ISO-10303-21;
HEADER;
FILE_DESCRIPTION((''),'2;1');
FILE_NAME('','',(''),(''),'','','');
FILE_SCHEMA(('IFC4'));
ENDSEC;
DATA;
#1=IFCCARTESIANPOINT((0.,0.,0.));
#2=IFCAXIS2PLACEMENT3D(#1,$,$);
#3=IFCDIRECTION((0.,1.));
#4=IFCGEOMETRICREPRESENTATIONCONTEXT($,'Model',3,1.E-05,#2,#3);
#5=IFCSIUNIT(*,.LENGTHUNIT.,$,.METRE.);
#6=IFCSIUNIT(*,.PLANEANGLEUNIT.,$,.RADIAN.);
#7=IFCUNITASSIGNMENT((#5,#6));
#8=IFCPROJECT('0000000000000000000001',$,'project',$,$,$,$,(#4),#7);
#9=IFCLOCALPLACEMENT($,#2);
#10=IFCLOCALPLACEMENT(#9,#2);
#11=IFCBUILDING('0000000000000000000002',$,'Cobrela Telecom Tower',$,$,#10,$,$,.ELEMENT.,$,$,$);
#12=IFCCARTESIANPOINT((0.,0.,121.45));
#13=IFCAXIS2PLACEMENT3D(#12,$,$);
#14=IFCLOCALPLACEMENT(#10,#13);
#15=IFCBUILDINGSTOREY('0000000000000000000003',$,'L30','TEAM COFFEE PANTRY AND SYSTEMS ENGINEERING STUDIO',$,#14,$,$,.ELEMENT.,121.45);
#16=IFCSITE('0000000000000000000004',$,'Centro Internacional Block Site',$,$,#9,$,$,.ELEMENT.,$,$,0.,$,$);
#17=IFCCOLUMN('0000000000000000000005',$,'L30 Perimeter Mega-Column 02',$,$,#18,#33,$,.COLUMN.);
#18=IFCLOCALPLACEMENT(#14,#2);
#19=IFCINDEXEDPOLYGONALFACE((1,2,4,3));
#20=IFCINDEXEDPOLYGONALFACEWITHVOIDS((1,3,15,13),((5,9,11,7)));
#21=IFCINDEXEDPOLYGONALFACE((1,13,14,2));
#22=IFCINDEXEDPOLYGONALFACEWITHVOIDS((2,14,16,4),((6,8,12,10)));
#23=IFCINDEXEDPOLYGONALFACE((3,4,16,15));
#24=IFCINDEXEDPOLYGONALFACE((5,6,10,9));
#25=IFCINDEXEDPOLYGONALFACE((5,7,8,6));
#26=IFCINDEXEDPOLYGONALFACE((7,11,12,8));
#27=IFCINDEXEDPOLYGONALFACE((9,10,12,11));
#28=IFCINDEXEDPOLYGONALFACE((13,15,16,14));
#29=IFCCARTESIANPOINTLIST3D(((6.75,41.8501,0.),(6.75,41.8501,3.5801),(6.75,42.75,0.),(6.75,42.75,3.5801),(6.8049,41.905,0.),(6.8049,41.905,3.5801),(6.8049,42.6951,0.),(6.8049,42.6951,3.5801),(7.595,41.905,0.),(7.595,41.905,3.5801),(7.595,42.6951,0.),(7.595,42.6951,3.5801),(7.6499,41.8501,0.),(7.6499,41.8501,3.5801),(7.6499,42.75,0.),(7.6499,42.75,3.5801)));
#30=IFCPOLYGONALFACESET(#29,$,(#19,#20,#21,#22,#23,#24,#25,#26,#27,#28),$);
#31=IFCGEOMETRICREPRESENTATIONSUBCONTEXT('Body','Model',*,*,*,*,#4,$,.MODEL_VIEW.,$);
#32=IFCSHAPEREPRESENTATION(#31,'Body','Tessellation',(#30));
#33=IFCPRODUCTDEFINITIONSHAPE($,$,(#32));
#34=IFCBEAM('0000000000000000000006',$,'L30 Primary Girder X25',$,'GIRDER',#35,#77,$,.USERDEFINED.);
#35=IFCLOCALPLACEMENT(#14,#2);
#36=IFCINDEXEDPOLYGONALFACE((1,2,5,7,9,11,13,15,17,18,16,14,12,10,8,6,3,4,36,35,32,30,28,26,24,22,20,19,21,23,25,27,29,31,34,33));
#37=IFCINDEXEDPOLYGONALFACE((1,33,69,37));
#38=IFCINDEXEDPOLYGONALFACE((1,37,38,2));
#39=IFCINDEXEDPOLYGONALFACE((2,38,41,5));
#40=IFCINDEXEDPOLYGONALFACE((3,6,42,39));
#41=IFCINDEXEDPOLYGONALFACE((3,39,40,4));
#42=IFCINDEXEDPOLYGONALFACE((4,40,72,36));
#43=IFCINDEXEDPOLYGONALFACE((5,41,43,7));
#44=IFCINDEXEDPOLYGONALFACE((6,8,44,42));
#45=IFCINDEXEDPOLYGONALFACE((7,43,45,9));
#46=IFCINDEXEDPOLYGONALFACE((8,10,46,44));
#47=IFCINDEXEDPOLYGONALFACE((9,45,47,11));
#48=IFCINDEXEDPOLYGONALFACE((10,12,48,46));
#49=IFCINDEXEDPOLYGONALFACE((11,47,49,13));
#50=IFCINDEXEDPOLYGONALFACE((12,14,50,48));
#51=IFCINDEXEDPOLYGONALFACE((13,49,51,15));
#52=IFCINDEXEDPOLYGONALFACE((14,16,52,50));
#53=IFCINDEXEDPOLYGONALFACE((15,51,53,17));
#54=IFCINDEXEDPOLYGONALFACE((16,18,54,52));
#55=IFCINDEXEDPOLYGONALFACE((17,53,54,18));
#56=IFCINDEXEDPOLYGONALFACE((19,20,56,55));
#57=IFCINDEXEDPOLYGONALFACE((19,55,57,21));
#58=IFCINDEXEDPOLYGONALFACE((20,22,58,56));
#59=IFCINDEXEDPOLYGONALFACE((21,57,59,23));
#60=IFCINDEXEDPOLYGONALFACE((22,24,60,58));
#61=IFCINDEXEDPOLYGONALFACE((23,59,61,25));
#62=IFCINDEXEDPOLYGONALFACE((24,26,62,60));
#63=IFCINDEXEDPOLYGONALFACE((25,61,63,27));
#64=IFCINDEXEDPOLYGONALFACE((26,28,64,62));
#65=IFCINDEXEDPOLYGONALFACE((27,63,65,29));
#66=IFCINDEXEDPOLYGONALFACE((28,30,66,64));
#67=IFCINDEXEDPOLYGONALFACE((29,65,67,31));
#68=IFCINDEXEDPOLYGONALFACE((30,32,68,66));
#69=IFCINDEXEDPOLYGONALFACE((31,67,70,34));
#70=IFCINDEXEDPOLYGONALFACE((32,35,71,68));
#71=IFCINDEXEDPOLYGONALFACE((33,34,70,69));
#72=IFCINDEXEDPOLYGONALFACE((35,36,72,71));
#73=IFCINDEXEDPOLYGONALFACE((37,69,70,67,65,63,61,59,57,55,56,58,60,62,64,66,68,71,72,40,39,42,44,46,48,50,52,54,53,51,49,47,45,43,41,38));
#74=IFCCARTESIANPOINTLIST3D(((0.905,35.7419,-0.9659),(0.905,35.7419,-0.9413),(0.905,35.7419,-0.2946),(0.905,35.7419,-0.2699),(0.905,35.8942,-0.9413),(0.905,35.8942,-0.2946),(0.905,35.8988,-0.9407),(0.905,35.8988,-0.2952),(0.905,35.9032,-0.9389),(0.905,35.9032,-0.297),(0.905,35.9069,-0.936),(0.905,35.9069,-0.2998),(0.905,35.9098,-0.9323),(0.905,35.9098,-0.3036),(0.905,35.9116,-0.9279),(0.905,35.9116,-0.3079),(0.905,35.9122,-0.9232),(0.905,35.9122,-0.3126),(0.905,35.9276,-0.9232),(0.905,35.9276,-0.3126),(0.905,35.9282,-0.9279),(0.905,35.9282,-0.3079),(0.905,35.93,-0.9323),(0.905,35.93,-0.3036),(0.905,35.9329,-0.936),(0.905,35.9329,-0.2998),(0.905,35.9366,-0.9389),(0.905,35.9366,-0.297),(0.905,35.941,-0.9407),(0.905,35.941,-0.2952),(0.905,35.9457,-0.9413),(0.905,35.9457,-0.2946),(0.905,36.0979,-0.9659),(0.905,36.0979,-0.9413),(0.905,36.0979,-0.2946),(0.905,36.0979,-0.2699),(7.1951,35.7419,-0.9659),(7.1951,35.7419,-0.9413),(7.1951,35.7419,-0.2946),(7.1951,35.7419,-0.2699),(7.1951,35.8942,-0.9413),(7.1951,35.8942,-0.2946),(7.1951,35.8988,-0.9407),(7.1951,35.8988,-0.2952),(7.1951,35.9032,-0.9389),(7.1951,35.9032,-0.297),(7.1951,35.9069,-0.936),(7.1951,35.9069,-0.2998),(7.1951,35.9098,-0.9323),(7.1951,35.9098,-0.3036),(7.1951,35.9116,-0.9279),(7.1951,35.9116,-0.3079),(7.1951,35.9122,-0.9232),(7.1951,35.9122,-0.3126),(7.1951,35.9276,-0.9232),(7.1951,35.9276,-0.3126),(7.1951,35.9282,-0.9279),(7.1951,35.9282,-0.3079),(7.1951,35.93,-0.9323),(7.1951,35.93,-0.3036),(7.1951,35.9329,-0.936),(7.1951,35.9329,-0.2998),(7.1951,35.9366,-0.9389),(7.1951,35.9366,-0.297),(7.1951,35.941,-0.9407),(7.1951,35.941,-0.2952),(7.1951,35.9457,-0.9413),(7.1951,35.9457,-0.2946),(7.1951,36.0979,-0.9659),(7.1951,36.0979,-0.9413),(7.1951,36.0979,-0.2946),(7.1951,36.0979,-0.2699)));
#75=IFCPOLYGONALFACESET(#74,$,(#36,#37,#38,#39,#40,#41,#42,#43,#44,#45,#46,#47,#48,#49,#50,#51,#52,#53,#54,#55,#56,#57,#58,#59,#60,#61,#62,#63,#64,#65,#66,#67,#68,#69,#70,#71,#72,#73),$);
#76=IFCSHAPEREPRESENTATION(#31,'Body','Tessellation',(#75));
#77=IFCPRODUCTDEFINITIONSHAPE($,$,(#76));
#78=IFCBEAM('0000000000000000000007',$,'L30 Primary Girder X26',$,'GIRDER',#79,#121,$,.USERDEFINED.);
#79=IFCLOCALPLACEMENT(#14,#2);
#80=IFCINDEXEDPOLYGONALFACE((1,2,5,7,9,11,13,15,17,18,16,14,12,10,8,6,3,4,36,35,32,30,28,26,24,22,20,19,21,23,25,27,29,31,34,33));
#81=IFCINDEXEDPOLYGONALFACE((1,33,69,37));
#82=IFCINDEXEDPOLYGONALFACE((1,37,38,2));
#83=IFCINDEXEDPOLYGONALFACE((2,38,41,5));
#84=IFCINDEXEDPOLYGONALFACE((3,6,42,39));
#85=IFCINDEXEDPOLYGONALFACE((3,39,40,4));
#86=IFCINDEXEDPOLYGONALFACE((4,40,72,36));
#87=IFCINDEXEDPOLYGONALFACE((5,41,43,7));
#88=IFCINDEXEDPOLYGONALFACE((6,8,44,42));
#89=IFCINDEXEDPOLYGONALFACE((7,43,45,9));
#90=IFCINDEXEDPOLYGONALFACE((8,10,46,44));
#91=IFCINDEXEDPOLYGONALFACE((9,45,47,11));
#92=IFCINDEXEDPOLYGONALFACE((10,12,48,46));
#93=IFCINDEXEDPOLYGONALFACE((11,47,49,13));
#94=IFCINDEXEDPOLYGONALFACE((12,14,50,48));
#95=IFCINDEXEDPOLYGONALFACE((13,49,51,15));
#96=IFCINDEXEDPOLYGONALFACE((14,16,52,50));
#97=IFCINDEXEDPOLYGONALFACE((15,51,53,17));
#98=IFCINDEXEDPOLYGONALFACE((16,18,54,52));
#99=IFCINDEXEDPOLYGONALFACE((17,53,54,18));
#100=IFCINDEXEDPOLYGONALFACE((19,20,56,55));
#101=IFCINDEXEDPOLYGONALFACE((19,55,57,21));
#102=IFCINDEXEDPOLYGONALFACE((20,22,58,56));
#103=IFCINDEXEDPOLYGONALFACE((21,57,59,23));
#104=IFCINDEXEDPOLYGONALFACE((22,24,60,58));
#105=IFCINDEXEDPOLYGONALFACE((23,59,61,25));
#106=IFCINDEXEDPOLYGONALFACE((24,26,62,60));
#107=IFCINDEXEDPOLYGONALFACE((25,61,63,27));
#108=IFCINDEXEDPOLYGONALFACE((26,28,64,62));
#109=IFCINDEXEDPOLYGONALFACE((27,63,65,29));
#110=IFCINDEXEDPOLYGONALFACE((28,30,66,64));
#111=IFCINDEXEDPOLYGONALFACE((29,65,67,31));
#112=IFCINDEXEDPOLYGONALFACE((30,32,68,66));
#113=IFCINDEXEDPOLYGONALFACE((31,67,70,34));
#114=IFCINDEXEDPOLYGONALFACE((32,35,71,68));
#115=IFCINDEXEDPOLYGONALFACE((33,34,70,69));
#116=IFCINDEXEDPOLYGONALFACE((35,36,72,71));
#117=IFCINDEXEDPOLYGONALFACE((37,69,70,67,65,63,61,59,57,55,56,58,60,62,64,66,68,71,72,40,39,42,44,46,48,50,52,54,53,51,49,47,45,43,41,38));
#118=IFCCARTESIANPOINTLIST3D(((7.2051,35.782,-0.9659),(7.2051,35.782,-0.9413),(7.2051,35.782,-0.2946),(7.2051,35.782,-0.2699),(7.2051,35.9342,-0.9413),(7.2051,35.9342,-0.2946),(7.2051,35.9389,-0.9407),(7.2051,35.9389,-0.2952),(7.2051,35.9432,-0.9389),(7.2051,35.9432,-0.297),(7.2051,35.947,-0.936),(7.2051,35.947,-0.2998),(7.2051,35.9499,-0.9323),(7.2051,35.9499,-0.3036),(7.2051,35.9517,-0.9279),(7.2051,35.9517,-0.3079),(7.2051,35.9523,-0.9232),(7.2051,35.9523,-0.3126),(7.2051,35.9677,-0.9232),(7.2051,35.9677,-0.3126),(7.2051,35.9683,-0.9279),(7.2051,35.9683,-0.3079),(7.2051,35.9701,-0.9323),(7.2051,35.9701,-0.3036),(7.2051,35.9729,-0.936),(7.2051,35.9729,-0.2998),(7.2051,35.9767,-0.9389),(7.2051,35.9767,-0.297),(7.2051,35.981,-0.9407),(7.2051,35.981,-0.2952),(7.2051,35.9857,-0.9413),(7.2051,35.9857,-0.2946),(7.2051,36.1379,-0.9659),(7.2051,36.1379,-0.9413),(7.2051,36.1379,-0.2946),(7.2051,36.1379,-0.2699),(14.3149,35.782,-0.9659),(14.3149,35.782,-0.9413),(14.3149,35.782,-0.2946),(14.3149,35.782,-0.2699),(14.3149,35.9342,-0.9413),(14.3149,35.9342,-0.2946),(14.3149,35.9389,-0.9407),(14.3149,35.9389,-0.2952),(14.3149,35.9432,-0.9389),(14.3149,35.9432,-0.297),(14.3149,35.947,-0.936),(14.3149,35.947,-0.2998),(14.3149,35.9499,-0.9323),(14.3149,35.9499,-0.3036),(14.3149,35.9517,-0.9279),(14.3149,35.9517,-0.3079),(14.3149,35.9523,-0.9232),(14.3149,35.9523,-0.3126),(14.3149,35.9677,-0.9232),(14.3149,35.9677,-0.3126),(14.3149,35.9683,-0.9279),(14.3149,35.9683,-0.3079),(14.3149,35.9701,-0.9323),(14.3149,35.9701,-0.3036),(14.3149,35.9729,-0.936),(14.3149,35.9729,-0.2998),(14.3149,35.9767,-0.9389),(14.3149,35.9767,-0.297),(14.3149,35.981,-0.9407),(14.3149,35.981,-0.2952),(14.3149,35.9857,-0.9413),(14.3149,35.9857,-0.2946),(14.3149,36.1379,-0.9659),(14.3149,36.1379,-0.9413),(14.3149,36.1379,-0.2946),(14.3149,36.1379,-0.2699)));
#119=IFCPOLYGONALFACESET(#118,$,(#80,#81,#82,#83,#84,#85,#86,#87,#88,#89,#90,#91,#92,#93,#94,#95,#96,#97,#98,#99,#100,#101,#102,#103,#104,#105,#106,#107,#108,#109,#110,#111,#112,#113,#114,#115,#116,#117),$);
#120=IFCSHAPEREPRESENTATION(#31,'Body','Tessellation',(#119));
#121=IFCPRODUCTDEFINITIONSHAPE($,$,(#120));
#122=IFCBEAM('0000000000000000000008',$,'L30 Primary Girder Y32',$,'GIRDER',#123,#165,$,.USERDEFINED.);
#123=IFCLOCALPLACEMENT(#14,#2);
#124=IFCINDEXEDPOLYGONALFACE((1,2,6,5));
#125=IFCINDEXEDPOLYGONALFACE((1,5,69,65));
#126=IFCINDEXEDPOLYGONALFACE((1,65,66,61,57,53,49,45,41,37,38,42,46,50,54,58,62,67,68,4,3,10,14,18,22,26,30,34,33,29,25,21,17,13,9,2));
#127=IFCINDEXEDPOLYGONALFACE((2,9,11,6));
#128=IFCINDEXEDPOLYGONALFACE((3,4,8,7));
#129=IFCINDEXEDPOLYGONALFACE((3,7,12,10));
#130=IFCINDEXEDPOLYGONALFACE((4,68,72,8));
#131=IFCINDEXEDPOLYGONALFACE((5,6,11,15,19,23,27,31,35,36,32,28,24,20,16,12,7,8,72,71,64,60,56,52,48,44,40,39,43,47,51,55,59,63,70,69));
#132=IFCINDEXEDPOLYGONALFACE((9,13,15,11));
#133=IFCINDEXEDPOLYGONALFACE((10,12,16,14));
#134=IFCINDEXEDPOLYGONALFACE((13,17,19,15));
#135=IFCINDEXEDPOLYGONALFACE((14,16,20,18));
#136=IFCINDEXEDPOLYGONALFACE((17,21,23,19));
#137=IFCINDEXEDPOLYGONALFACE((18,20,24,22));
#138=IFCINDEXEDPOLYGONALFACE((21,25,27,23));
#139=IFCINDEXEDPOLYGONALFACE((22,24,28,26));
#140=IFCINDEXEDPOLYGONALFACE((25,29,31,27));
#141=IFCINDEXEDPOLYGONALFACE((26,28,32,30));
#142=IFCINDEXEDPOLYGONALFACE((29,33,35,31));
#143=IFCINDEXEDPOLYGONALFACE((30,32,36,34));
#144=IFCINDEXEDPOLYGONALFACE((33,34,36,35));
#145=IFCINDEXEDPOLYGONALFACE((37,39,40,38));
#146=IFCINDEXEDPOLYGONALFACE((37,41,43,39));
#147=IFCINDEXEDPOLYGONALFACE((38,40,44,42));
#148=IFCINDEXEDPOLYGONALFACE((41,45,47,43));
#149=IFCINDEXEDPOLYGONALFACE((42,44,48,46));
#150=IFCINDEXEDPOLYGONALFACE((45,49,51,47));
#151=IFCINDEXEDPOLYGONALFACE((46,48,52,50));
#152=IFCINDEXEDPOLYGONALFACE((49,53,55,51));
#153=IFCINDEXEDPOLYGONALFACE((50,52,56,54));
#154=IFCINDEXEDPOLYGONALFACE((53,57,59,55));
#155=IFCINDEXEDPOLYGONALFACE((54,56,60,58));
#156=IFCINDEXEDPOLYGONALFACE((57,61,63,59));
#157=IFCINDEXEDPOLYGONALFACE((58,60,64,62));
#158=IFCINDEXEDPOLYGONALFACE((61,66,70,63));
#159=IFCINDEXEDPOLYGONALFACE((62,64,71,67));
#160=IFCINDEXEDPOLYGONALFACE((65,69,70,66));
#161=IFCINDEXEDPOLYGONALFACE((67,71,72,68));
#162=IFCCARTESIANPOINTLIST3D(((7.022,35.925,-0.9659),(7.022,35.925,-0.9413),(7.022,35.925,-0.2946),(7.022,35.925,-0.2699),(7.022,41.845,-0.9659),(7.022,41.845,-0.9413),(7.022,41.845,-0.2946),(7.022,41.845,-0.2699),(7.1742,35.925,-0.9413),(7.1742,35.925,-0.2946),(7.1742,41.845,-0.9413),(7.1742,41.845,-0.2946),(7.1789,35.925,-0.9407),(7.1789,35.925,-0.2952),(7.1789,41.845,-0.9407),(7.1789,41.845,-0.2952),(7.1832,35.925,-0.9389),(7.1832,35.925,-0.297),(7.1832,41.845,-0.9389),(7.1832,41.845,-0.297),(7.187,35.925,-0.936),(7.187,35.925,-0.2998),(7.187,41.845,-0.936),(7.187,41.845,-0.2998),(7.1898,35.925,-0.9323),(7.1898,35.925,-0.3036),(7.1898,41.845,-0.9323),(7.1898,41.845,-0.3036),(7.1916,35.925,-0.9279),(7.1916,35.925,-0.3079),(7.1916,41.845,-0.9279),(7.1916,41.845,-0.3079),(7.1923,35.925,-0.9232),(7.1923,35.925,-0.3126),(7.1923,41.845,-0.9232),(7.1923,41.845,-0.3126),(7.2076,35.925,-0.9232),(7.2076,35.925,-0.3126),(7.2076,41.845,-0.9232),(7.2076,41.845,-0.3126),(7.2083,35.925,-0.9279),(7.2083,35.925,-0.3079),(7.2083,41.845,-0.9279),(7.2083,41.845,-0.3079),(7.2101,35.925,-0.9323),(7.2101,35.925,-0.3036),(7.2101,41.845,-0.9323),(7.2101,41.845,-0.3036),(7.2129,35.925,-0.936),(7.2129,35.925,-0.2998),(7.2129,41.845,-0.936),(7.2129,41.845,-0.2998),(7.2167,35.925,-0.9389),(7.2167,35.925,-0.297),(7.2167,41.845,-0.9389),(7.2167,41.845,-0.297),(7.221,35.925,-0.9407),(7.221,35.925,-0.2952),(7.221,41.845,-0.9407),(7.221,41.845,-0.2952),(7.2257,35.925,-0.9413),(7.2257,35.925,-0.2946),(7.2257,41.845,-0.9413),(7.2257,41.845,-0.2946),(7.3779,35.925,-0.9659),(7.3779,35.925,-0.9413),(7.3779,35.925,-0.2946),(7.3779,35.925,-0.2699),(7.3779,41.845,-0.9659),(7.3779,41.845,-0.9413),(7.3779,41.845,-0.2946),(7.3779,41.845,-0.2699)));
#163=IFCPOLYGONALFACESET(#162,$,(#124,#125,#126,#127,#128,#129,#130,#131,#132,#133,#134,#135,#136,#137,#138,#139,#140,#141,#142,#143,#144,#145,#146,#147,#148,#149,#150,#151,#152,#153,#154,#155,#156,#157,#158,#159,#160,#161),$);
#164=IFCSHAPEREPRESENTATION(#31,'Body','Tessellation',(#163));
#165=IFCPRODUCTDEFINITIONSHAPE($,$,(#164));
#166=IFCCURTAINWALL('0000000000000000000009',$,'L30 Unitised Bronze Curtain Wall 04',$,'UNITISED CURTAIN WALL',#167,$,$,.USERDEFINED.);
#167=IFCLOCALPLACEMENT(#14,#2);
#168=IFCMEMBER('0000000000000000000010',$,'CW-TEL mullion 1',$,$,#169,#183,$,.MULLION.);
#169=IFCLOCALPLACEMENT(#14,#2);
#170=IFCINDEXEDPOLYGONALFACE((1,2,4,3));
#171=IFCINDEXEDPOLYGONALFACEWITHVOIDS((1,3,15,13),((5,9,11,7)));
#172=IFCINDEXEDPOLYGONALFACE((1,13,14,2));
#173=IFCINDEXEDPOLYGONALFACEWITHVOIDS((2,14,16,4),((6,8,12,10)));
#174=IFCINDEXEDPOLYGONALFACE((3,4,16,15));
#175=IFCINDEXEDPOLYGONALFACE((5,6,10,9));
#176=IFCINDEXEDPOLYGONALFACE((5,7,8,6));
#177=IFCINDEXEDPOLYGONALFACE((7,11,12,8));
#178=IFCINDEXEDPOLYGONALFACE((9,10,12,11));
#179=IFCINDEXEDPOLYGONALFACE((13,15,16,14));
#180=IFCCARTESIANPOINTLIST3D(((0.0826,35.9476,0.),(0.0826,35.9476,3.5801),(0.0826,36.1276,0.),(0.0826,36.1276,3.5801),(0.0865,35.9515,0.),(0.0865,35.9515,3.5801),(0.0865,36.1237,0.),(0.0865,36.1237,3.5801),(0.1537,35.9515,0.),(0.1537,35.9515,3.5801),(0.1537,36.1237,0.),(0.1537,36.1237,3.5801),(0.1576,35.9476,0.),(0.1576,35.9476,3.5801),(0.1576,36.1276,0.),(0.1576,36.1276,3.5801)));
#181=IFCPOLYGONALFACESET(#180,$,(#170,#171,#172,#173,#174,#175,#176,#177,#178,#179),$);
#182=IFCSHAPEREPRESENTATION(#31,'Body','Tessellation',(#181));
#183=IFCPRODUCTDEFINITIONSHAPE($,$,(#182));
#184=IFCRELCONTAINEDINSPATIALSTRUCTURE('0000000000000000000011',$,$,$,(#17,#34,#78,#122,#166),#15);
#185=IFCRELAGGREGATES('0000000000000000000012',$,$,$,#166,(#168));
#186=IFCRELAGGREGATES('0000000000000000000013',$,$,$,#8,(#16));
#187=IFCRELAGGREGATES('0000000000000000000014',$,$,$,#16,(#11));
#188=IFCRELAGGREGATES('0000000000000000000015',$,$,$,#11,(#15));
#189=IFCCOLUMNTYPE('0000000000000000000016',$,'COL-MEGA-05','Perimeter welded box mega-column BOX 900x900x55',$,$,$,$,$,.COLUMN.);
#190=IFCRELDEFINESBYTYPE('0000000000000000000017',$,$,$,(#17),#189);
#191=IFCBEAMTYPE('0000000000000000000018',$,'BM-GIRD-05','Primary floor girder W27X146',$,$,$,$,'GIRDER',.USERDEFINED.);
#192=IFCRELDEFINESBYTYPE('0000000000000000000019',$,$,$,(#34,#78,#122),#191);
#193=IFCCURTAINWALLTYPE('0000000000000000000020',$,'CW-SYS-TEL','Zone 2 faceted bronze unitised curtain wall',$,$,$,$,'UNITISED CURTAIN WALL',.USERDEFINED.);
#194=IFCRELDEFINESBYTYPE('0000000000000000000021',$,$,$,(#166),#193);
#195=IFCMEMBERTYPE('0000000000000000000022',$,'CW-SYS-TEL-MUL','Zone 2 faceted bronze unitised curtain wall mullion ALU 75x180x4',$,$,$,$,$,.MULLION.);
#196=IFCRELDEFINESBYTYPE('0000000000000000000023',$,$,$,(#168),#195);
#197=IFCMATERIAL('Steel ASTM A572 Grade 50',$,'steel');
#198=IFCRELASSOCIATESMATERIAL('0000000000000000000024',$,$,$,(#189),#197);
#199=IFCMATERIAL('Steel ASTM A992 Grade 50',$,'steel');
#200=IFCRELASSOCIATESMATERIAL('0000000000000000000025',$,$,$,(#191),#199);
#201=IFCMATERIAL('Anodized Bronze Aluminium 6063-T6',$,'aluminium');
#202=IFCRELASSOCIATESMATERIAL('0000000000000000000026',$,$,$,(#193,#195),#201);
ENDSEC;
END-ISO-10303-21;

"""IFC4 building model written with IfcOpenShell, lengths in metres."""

from ifc_helpers import new_model, si_unit, direction, frame, origin, origin_2d, place, context, subcontext, project, spatial, hollow_rectangle, i_section, extrude, material, material_profile, profile_set, type_object, element, aggregate, save


model = new_model("IFC4")

# Units and contexts
model_context = context("Model", 3, precision=1e-05, world=origin(), true_north=direction((0.0, 1.0)))
body_context = subcontext(model_context, "Body", "Model", "MODEL_VIEW")
ifc_project = project(units=[si_unit("LENGTHUNIT", "METRE"), si_unit("PLANEANGLEUNIT", "RADIAN")], contexts=[model_context])

# Site, building, storey
site_placement = place(None, origin())
site = spatial("IfcSite", under=ifc_project, at=site_placement, Name="Centro Internacional Block Site", CompositionType="ELEMENT", RefElevation=0.0)
building_placement = place(site_placement, origin())
building = spatial("IfcBuilding", under=site, at=building_placement, Name="Cobrela Telecom Tower", CompositionType="ELEMENT")
storey_placement = place(building_placement, frame((0.0, 0.0, 121.45)))
storey = spatial("IfcBuildingStorey", under=building, at=storey_placement, Name="L30", Description="TEAM COFFEE PANTRY AND SYSTEMS ENGINEERING STUDIO", CompositionType="ELEMENT", Elevation=121.45)

# Column
ifc_material_1 = material(Name="Steel ASTM A572 Grade 50", Category="steel")
ifc_material_profile_1 = material_profile(ifc_material_1, hollow_rectangle(XDim=0.8999, YDim=0.8999, WallThickness=0.0549, at=origin_2d()), Name="BOX 900x900x55")
ifc_profile_set_1 = profile_set([ifc_material_profile_1], Name="Steel ASTM A572 Grade 50")
column_type = type_object("IfcColumnType", Name="COL-MEGA-05", Description="Perimeter welded box mega-column BOX 900x900x55", PredefinedType="COLUMN", material=ifc_profile_set_1)
column_placement = place(storey_placement, frame((7.2, 42.3, 0.0), z_axis=(0.0, 0.0, 1.0), x_axis=(1.0, 0.0, 0.0)))
element("IfcColumn", 1, at=column_placement, inside=storey, type_object=column_type, Name="L30 Perimeter Mega-Column 02", PredefinedType="COLUMN", context=body_context, shape_type="SweptSolid", body=[
    extrude(hollow_rectangle(XDim=0.8999, YDim=0.8999, WallThickness=0.0549, at=origin_2d()), origin(), (0.0, 0.0, 1.0), 3.5801),
])

# Beams
ifc_material_2 = material(Name="Steel ASTM A992 Grade 50", Category="steel")
ifc_material_profile_2 = material_profile(ifc_material_2, i_section(OverallWidth=0.356, OverallDepth=0.696, WebThickness=0.0154, FlangeThickness=0.0247, FilletRadius=0.0181, at=origin_2d()), Name="W27X146")
ifc_profile_set_2 = profile_set([ifc_material_profile_2], Name="Steel ASTM A992 Grade 50")
beam_type = type_object("IfcBeamType", Name="BM-GIRD-05", Description="Primary floor girder W27X146", ElementType="GIRDER", PredefinedType="USERDEFINED", material=ifc_profile_set_2)
beam_1_placement = place(storey_placement, frame((0.905, 35.9199, -0.6179), z_axis=(1.0, 0.0, 0.0), x_axis=(0.0, 1.0, 0.0)))
element("IfcBeam", 2, at=beam_1_placement, inside=storey, type_object=beam_type, Name="L30 Primary Girder X25", ObjectType="GIRDER", PredefinedType="USERDEFINED", context=body_context, shape_type="SweptSolid", body=[
    extrude(i_section(OverallWidth=0.356, OverallDepth=0.696, WebThickness=0.0154, FlangeThickness=0.0247, FilletRadius=0.0181, at=origin_2d()), origin(), (0.0, 0.0, 1.0), 6.29),
])
beam_2_placement = place(storey_placement, frame((7.2051, 35.96, -0.6179), z_axis=(1.0, 0.0, 0.0), x_axis=(0.0, 1.0, 0.0)))
element("IfcBeam", 3, at=beam_2_placement, inside=storey, type_object=beam_type, Name="L30 Primary Girder X26", ObjectType="GIRDER", PredefinedType="USERDEFINED", context=body_context, shape_type="SweptSolid", body=[
    extrude(i_section(OverallWidth=0.356, OverallDepth=0.696, WebThickness=0.0154, FlangeThickness=0.0247, FilletRadius=0.0181, at=origin_2d()), origin(), (0.0, 0.0, 1.0), 7.1099),
])
beam_3_placement = place(storey_placement, frame((7.2, 35.925, -0.6179), z_axis=(0.0, 1.0, 0.0), x_axis=(-1.0, 0.0, 0.0)))
element("IfcBeam", 4, at=beam_3_placement, inside=storey, type_object=beam_type, Name="L30 Primary Girder Y32", ObjectType="GIRDER", PredefinedType="USERDEFINED", context=body_context, shape_type="SweptSolid", body=[
    extrude(i_section(OverallWidth=0.356, OverallDepth=0.696, WebThickness=0.0154, FlangeThickness=0.0247, FilletRadius=0.0181, at=origin_2d()), origin(), (0.0, 0.0, 1.0), 5.9199),
])

# Curtain wall, member
ifc_material_3 = material(Name="Anodized Bronze Aluminium 6063-T6", Category="aluminium")
curtain_wall_type = type_object("IfcCurtainWallType", Name="CW-SYS-TEL", Description="Zone 2 faceted bronze unitised curtain wall", ElementType="UNITISED CURTAIN WALL", PredefinedType="USERDEFINED", material=ifc_material_3)
curtain_wall_1_placement = place(storey_placement, origin())
curtain_wall_1 = element("IfcCurtainWall", 5, at=curtain_wall_1_placement, inside=storey, type_object=curtain_wall_type, Name="L30 Unitised Bronze Curtain Wall 04", ObjectType="UNITISED CURTAIN WALL", PredefinedType="USERDEFINED")
ifc_material_profile_3 = material_profile(ifc_material_3, hollow_rectangle(XDim=0.075, YDim=0.1799, WallThickness=0.0039, at=origin_2d()), Name="ALU 75x180x4")
ifc_profile_set_3 = profile_set([ifc_material_profile_3], Name="Anodized Bronze Aluminium 6063-T6")
member_type_1 = type_object("IfcMemberType", Name="CW-SYS-TEL-MUL", Description="Zone 2 faceted bronze unitised curtain wall mullion ALU 75x180x4", PredefinedType="MULLION", material=ifc_profile_set_3)
member_1_placement = place(storey_placement, frame((0.1201, 36.0376, 0.0), z_axis=(0.0, 0.0, 1.0), x_axis=(-1.0, 0.0, 0.0)))
member_1 = element("IfcMember", 6, at=member_1_placement, type_object=member_type_1, Name="CW-TEL mullion 1", PredefinedType="MULLION", context=body_context, shape_type="SweptSolid", body=[
    extrude(hollow_rectangle(XDim=0.075, YDim=0.1799, WallThickness=0.0039, at=origin_2d()), origin(), (0.0, 0.0, 1.0), 3.5801),
])

aggregate(curtain_wall_1, [member_1])

save(model, "model.ifc")
